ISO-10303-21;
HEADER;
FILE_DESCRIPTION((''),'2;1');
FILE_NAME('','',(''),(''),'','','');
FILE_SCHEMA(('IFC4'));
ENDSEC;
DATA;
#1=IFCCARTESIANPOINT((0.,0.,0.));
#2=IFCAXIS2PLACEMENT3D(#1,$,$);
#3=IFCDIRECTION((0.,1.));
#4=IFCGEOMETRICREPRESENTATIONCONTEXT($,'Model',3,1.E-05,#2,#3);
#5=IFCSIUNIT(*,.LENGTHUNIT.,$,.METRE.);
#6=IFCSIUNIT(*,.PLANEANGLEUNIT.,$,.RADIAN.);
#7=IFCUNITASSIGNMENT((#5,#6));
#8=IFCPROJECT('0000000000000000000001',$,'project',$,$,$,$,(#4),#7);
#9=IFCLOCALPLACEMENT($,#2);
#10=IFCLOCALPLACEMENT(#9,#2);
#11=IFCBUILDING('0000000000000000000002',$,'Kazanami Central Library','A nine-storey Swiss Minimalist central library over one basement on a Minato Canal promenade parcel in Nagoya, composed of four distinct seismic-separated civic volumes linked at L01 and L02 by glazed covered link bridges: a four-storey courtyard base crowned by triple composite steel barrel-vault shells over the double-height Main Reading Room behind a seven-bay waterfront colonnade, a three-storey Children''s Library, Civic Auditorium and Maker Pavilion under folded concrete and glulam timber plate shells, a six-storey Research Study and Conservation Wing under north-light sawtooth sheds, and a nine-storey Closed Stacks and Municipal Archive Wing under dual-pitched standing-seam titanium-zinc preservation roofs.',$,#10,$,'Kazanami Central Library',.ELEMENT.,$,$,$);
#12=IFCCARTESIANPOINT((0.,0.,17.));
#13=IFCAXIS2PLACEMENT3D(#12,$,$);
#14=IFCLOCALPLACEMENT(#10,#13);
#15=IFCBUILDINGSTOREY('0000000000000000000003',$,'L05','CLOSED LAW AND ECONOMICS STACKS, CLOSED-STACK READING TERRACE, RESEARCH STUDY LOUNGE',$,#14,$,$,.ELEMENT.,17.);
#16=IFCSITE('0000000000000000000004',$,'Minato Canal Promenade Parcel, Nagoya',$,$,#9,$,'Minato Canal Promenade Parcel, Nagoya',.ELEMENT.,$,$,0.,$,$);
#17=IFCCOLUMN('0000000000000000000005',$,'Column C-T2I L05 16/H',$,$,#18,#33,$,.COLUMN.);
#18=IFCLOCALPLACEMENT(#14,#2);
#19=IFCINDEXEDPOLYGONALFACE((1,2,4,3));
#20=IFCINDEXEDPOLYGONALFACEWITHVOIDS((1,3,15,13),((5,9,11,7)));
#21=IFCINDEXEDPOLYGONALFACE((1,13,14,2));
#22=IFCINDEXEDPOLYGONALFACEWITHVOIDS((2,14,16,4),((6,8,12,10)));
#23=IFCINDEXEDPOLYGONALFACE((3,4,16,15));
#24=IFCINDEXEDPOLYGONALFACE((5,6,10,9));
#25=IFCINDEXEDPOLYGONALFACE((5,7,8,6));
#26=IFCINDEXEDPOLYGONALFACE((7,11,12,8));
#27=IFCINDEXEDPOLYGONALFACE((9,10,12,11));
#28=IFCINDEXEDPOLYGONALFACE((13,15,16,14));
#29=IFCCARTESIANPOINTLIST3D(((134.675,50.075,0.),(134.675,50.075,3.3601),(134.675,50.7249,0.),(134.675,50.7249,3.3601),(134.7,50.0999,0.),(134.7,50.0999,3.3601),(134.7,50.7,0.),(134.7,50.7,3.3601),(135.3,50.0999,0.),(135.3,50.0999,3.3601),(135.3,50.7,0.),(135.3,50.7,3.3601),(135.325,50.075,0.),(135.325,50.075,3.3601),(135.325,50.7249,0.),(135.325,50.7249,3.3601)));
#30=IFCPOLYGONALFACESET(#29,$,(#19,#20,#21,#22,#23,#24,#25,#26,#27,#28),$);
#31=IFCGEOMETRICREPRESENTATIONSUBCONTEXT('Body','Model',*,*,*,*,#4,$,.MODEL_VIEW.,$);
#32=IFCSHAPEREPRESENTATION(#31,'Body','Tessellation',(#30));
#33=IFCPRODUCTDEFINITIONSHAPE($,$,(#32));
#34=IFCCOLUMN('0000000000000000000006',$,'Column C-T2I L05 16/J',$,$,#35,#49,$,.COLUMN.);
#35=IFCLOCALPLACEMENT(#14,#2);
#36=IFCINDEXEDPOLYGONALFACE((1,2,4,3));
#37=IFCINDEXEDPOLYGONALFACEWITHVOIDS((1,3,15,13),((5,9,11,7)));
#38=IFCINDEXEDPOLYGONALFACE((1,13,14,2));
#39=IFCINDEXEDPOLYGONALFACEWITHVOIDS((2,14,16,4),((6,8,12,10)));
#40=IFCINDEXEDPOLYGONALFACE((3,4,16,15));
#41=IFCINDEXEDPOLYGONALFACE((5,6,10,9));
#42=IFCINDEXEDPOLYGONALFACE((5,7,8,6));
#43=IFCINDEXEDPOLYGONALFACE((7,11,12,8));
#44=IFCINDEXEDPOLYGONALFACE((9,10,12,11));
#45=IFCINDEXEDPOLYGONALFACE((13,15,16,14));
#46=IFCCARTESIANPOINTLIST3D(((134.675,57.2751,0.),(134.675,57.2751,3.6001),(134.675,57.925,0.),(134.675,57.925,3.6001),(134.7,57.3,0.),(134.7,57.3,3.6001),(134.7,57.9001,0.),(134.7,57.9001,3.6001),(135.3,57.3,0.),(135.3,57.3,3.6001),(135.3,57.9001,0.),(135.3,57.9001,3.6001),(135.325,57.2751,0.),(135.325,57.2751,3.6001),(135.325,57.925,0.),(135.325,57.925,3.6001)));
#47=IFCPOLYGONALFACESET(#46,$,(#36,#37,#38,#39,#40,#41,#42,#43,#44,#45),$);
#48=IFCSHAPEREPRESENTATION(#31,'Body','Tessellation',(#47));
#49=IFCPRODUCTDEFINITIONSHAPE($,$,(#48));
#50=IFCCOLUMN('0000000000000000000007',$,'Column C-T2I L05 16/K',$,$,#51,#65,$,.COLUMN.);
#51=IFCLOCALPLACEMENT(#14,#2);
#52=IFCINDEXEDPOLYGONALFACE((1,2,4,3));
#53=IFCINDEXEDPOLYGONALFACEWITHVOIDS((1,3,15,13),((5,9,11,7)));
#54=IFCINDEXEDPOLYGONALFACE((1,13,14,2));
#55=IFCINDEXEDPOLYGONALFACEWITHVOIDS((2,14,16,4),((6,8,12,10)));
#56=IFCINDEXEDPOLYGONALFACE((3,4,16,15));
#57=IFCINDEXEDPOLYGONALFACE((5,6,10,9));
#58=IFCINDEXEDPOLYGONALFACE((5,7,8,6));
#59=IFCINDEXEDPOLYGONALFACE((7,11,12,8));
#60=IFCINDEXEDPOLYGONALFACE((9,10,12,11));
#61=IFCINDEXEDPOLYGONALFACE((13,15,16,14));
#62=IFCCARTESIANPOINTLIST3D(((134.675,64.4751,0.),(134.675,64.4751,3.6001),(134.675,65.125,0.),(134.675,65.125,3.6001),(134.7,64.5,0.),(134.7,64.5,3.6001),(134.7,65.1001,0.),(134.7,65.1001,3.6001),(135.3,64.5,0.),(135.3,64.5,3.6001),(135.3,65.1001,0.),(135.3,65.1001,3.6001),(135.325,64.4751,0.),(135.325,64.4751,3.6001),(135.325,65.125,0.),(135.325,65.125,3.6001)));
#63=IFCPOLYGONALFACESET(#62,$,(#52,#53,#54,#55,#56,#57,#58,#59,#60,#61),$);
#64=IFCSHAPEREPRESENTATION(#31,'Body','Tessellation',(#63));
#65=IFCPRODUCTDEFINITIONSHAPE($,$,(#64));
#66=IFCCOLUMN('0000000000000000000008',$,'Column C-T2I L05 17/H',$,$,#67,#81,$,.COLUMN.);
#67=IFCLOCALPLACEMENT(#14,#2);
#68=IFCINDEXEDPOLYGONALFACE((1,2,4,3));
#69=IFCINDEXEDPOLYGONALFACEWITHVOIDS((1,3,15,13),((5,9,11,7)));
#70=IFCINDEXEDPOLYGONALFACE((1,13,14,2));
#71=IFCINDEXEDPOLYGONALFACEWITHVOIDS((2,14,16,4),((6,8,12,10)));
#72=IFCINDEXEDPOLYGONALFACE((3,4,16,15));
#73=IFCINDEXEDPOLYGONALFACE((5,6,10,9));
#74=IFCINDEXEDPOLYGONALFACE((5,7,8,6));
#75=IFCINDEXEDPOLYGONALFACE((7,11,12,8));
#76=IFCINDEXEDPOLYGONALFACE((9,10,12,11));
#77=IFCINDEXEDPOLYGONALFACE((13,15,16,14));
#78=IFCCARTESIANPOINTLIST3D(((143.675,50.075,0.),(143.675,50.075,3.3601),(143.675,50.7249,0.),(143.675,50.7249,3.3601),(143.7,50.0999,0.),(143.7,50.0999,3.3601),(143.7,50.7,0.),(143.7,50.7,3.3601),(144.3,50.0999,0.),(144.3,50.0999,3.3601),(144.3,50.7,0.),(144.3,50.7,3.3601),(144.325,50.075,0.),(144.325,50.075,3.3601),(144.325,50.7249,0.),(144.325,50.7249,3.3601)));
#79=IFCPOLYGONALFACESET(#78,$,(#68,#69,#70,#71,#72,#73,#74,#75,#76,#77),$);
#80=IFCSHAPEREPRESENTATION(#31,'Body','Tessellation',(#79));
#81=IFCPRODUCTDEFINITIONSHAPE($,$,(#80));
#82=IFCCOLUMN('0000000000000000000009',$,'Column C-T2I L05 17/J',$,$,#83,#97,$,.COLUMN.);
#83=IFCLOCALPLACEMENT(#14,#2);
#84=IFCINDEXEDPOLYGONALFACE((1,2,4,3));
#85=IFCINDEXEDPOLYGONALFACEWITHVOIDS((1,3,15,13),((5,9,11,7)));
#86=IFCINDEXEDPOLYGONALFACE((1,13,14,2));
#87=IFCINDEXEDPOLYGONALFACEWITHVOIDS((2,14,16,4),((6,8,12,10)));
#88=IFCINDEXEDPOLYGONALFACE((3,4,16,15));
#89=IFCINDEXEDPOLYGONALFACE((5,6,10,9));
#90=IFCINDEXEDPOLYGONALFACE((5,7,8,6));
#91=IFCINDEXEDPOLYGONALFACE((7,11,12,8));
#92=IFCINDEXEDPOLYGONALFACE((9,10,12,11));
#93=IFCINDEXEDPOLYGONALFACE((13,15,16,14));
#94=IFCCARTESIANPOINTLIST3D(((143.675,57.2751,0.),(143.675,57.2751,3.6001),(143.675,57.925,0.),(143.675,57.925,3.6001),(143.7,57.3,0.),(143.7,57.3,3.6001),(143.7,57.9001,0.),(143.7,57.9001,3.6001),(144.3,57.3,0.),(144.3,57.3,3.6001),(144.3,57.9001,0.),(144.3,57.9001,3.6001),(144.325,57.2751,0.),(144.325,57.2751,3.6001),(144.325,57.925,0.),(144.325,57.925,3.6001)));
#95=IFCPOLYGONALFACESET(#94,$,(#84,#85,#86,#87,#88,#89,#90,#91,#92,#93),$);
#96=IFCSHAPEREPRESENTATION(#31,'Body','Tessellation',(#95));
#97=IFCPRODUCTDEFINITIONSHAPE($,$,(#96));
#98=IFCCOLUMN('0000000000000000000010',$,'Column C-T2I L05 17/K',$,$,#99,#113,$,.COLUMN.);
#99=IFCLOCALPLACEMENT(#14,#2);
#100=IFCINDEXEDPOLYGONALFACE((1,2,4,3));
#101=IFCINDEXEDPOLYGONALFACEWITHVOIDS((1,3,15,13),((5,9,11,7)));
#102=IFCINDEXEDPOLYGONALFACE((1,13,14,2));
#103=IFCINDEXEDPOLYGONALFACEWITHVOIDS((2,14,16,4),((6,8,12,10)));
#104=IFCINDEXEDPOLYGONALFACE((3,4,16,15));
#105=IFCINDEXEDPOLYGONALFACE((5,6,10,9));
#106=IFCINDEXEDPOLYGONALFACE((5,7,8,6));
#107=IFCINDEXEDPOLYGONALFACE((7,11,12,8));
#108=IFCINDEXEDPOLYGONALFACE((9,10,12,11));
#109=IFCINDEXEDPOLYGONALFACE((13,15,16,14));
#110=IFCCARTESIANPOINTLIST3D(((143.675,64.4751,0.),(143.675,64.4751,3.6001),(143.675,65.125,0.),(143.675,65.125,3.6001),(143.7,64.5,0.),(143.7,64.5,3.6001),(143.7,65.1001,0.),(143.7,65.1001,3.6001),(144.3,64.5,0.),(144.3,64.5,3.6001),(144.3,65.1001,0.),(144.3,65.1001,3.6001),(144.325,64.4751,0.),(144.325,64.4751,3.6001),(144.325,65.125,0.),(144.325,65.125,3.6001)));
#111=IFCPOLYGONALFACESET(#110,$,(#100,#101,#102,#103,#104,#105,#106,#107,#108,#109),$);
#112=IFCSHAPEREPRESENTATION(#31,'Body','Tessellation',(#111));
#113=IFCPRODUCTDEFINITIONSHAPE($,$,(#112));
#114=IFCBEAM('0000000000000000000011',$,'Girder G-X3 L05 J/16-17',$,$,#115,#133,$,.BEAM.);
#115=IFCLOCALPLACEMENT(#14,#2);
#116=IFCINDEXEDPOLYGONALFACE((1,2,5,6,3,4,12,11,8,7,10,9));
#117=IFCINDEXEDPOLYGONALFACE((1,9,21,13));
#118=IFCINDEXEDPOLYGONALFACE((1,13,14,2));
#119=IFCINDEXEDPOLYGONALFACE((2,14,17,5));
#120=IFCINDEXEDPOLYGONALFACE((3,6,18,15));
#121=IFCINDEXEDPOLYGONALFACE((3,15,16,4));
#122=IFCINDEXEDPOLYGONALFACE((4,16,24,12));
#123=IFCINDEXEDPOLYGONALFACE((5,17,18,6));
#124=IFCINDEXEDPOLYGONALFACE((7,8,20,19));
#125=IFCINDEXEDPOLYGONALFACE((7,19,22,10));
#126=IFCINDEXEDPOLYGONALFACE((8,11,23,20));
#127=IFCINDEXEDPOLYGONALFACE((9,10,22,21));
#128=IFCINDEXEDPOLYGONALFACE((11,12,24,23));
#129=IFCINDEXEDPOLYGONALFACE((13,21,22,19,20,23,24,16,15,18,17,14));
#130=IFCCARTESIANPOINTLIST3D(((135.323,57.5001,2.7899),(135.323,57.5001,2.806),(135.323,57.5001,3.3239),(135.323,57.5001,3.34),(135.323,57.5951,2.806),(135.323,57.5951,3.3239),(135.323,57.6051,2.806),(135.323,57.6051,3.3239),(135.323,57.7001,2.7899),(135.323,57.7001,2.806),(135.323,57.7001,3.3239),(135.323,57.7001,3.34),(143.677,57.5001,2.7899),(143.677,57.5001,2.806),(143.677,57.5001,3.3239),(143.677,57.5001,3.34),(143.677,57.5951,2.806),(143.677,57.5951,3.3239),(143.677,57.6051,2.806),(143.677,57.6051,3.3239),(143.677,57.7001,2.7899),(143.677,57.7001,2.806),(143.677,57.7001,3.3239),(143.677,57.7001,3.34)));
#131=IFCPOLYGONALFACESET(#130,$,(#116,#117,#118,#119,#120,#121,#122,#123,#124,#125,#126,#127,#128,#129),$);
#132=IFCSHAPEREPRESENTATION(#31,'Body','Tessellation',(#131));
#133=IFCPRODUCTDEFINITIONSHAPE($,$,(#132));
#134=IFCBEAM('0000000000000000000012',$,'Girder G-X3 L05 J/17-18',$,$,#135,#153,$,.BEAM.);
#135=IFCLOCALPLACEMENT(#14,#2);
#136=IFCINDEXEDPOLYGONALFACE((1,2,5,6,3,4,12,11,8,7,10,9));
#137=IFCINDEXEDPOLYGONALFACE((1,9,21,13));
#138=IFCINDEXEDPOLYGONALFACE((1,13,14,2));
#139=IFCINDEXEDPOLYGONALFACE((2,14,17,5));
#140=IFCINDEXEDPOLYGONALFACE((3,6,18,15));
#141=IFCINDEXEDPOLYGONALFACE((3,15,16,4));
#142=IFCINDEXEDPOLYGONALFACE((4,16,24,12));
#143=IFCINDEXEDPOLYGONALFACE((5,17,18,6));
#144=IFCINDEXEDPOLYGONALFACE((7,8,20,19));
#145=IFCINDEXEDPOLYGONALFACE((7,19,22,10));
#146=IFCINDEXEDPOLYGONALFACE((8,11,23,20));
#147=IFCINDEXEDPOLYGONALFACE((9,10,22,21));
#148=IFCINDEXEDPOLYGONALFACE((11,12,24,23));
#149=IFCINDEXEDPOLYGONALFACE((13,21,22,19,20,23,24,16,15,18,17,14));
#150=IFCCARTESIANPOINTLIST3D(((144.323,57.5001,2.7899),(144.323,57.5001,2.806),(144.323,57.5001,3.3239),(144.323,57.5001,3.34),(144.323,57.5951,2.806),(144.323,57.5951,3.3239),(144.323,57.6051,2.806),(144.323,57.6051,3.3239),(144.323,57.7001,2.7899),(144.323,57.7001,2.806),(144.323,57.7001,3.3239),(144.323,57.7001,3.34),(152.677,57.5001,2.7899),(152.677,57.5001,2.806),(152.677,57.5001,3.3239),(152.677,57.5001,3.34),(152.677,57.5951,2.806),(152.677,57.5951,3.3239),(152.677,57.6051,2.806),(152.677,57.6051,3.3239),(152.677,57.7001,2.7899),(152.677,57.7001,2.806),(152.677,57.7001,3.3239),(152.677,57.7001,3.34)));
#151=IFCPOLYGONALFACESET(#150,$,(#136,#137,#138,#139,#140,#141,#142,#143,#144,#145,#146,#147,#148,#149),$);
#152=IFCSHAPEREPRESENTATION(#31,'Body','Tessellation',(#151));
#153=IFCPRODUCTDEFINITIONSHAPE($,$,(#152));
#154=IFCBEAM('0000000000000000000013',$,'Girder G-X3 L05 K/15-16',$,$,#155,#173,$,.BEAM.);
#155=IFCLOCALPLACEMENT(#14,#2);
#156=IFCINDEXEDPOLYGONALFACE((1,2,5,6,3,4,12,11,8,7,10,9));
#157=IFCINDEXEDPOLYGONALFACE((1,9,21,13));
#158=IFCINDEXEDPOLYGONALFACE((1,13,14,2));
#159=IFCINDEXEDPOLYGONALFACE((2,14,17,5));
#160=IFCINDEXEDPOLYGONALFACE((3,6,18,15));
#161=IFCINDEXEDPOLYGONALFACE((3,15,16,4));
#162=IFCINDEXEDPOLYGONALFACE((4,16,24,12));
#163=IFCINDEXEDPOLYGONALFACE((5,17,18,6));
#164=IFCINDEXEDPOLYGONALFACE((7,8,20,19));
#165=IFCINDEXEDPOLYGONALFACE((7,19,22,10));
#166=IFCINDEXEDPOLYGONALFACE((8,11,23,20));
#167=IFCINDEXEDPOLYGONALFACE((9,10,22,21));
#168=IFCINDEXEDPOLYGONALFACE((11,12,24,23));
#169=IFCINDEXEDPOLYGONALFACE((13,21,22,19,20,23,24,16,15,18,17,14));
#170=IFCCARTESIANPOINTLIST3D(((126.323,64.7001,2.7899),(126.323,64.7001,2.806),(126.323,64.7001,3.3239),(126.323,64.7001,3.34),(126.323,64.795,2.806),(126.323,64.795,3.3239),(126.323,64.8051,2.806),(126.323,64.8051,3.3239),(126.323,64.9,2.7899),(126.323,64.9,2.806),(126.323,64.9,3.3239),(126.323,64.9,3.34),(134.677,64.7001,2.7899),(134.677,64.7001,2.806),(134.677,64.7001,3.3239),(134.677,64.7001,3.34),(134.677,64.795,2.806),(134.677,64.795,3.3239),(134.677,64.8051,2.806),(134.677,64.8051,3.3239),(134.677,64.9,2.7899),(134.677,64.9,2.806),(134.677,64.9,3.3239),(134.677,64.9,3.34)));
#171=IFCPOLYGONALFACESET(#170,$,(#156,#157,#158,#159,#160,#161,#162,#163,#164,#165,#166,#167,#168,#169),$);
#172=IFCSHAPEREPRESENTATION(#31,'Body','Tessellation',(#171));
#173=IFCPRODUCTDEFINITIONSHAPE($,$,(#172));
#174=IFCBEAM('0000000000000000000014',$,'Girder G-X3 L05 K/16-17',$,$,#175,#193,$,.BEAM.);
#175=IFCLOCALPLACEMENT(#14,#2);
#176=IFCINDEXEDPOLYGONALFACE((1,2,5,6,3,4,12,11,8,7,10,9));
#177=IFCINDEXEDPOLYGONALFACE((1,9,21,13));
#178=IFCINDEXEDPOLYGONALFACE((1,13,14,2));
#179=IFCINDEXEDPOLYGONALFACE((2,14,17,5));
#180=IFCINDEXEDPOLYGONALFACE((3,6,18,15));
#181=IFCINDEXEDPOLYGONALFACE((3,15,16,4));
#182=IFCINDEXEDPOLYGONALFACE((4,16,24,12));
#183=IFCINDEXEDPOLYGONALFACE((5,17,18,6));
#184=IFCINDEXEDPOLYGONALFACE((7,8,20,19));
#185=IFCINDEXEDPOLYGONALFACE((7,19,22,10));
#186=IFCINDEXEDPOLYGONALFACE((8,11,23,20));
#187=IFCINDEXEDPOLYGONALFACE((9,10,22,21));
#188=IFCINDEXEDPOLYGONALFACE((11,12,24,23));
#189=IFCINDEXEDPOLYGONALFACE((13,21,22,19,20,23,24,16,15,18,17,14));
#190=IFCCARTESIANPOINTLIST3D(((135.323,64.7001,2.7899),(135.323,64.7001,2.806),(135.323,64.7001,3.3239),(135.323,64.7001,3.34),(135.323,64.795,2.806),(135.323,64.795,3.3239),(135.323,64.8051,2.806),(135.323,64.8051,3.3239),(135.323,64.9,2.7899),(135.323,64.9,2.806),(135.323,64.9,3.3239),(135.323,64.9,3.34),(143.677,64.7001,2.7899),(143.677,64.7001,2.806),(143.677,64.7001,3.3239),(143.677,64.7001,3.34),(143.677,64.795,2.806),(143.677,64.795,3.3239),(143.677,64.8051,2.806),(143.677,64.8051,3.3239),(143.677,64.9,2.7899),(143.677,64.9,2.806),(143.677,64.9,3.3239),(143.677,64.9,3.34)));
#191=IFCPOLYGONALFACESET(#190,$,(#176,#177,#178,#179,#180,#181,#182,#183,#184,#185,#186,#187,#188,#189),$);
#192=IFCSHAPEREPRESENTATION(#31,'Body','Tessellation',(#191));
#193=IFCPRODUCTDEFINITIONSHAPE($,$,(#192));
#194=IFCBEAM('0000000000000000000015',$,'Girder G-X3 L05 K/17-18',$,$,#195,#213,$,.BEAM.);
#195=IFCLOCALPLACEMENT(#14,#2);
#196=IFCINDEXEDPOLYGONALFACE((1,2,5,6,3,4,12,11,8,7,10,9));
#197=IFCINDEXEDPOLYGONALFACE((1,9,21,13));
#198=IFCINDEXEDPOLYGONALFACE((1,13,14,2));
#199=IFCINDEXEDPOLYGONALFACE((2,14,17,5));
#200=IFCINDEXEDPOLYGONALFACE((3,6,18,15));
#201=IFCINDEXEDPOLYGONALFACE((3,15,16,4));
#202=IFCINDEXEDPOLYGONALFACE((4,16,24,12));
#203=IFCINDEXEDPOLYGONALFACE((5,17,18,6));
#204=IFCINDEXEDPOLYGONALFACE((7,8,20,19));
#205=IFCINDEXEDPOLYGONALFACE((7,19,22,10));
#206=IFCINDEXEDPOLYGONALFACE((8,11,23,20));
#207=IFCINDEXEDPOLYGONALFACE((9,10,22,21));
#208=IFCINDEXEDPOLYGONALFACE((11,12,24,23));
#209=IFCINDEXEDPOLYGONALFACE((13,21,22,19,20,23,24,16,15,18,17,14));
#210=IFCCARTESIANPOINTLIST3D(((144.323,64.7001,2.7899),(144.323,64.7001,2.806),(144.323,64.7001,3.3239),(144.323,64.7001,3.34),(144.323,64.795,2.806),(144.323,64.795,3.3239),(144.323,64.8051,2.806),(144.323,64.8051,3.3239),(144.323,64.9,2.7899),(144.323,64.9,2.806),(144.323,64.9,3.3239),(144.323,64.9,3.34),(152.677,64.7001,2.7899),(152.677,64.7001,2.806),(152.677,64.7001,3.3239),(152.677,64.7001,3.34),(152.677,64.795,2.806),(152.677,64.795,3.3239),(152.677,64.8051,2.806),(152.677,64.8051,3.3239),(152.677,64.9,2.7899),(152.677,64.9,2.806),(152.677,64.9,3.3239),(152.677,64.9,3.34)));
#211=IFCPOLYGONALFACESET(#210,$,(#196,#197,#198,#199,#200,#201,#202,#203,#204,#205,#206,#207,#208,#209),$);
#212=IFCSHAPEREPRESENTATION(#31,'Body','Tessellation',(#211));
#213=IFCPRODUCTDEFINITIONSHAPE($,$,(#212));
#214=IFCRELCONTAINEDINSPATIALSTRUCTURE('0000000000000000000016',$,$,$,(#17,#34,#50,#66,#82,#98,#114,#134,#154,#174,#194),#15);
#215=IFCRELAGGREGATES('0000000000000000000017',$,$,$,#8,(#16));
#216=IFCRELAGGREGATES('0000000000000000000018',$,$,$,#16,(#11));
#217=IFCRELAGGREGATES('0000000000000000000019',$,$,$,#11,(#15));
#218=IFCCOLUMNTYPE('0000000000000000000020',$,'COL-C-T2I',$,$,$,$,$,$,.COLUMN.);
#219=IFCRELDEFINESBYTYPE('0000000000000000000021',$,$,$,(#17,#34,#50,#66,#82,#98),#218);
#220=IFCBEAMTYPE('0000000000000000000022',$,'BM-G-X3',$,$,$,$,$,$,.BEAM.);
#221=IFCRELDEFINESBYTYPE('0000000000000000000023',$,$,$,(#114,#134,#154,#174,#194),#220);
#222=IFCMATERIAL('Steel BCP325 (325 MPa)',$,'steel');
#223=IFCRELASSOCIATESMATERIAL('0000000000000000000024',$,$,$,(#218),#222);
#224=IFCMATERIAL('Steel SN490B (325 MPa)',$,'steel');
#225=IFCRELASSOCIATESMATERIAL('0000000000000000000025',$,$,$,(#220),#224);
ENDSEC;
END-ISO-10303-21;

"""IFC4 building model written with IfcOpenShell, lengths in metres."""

from ifc_helpers import new_model, si_unit, direction, frame, origin, origin_2d, place, context, subcontext, project, spatial, hollow_rectangle, i_section, extrude, material, material_profile, profile_set, type_object, element, save


model = new_model("IFC4")

# Units and contexts
model_context = context("Model", 3, precision=1e-05, world=origin(), true_north=direction((0.0, 1.0)))
body_context = subcontext(model_context, "Body", "Model", "MODEL_VIEW")
ifc_project = project(units=[si_unit("LENGTHUNIT", "METRE"), si_unit("PLANEANGLEUNIT", "RADIAN")], contexts=[model_context])

# Site, building, storey
site_placement = place(None, origin())
site = spatial("IfcSite", under=ifc_project, at=site_placement, Name="Minato Canal Promenade Parcel, Nagoya", LongName="Minato Canal Promenade Parcel, Nagoya", CompositionType="ELEMENT", RefElevation=0.0)
building_placement = place(site_placement, origin())
building = spatial("IfcBuilding", under=site, at=building_placement, Name="Kazanami Central Library", Description="A nine-storey Swiss Minimalist central library over one basement on a Minato Canal promenade parcel in Nagoya, composed of four distinct seismic-separated civic volumes linked at L01 and L02 by glazed covered link bridges: a four-storey courtyard base crowned by triple composite steel barrel-vault shells over the double-height Main Reading Room behind a seven-bay waterfront colonnade, a three-storey Children's Library, Civic Auditorium and Maker Pavilion under folded concrete and glulam timber plate shells, a six-storey Research Study and Conservation Wing under north-light sawtooth sheds, and a nine-storey Closed Stacks and Municipal Archive Wing under dual-pitched standing-seam titanium-zinc preservation roofs.", LongName="Kazanami Central Library", CompositionType="ELEMENT")
storey_placement = place(building_placement, frame((0.0, 0.0, 17.0)))
storey = spatial("IfcBuildingStorey", under=building, at=storey_placement, Name="L05", Description="CLOSED LAW AND ECONOMICS STACKS, CLOSED-STACK READING TERRACE, RESEARCH STUDY LOUNGE", CompositionType="ELEMENT", Elevation=17.0)

# Columns
ifc_material_1 = material(Name="Steel BCP325 (325 MPa)", Category="steel")
ifc_material_profile_1 = material_profile(ifc_material_1, hollow_rectangle(XDim=0.6499, YDim=0.6499, WallThickness=0.0249, at=origin_2d()), Name="BCP-650x650x25")
ifc_profile_set_1 = profile_set([ifc_material_profile_1], Name="Steel BCP325 (325 MPa)")
column_type = type_object("IfcColumnType", Name="COL-C-T2I", PredefinedType="COLUMN", material=ifc_profile_set_1)
column_1_placement = place(storey_placement, frame((135.0, 50.3999, 0.0), z_axis=(0.0, 0.0, 1.0), x_axis=(1.0, 0.0, 0.0)))
element("IfcColumn", 1, at=column_1_placement, inside=storey, type_object=column_type, Name="Column C-T2I L05 16/H", PredefinedType="COLUMN", context=body_context, shape_type="SweptSolid", body=[
    extrude(hollow_rectangle(XDim=0.6499, YDim=0.6499, WallThickness=0.0249, at=origin_2d()), origin(), (0.0, 0.0, 1.0), 3.3601),
])
for number, where, z_axis, x_axis, name in (
    (2, (135.0, 57.6001, 0.0), (0.0, 0.0, 1.0), (1.0, 0.0, 0.0), "Column C-T2I L05 16/J"),
    (3, (135.0, 64.8, 0.0), (0.0, 0.0, 1.0), (1.0, 0.0, 0.0), "Column C-T2I L05 16/K"),
):
    element("IfcColumn", number, at=place(storey_placement, frame(where, z_axis=z_axis, x_axis=x_axis)), inside=storey, type_object=column_type, Name=name, PredefinedType="COLUMN", context=body_context, shape_type="SweptSolid", body=[
        extrude(hollow_rectangle(XDim=0.6499, YDim=0.6499, WallThickness=0.0249, at=origin_2d()), origin(), (0.0, 0.0, 1.0), 3.6001),
    ])
column_2_placement = place(storey_placement, frame((144.0, 50.3999, 0.0), z_axis=(0.0, 0.0, 1.0), x_axis=(1.0, 0.0, 0.0)))
element("IfcColumn", 4, at=column_2_placement, inside=storey, type_object=column_type, Name="Column C-T2I L05 17/H", PredefinedType="COLUMN", context=body_context, shape_type="SweptSolid", body=[
    extrude(hollow_rectangle(XDim=0.6499, YDim=0.6499, WallThickness=0.0249, at=origin_2d()), origin(), (0.0, 0.0, 1.0), 3.3601),
])
for number, where, z_axis, x_axis, name in (
    (5, (144.0, 57.6001, 0.0), (0.0, 0.0, 1.0), (1.0, 0.0, 0.0), "Column C-T2I L05 17/J"),
    (6, (144.0, 64.8, 0.0), (0.0, 0.0, 1.0), (1.0, 0.0, 0.0), "Column C-T2I L05 17/K"),
):
    element("IfcColumn", number, at=place(storey_placement, frame(where, z_axis=z_axis, x_axis=x_axis)), inside=storey, type_object=column_type, Name=name, PredefinedType="COLUMN", context=body_context, shape_type="SweptSolid", body=[
        extrude(hollow_rectangle(XDim=0.6499, YDim=0.6499, WallThickness=0.0249, at=origin_2d()), origin(), (0.0, 0.0, 1.0), 3.6001),
    ])

# Beams
ifc_material_2 = material(Name="Steel SN490B (325 MPa)", Category="steel")
ifc_material_profile_2 = material_profile(ifc_material_2, i_section(OverallWidth=0.2, OverallDepth=0.55, WebThickness=0.01, FlangeThickness=0.0161, at=origin_2d()), Name="H-550x200x10x16")
ifc_profile_set_2 = profile_set([ifc_material_profile_2], Name="Steel SN490B (325 MPa)")
beam_type_1 = type_object("IfcBeamType", Name="BM-G-X3", PredefinedType="BEAM", material=ifc_profile_set_2)
for number, where, z_axis, x_axis, name in (
    (7, (135.323, 57.6001, 3.0649), (1.0, 0.0, 0.0), (0.0, 1.0, 0.0), "Girder G-X3 L05 J/16-17"),
    (8, (144.323, 57.6001, 3.0649), (1.0, 0.0, 0.0), (0.0, 1.0, 0.0), "Girder G-X3 L05 J/17-18"),
    (9, (126.323, 64.8, 3.0649), (1.0, 0.0, 0.0), (0.0, 1.0, 0.0), "Girder G-X3 L05 K/15-16"),
    (10, (135.323, 64.8, 3.0649), (1.0, 0.0, 0.0), (0.0, 1.0, 0.0), "Girder G-X3 L05 K/16-17"),
    (11, (144.323, 64.8, 3.0649), (1.0, 0.0, 0.0), (0.0, 1.0, 0.0), "Girder G-X3 L05 K/17-18"),
):
    element("IfcBeam", number, at=place(storey_placement, frame(where, z_axis=z_axis, x_axis=x_axis)), inside=storey, type_object=beam_type_1, Name=name, PredefinedType="BEAM", context=body_context, shape_type="SweptSolid", body=[
        extrude(i_section(OverallWidth=0.2, OverallDepth=0.55, WebThickness=0.01, FlangeThickness=0.0161, at=origin_2d()), origin(), (0.0, 0.0, 1.0), 8.354),
    ])

save(model, "model.ifc")
